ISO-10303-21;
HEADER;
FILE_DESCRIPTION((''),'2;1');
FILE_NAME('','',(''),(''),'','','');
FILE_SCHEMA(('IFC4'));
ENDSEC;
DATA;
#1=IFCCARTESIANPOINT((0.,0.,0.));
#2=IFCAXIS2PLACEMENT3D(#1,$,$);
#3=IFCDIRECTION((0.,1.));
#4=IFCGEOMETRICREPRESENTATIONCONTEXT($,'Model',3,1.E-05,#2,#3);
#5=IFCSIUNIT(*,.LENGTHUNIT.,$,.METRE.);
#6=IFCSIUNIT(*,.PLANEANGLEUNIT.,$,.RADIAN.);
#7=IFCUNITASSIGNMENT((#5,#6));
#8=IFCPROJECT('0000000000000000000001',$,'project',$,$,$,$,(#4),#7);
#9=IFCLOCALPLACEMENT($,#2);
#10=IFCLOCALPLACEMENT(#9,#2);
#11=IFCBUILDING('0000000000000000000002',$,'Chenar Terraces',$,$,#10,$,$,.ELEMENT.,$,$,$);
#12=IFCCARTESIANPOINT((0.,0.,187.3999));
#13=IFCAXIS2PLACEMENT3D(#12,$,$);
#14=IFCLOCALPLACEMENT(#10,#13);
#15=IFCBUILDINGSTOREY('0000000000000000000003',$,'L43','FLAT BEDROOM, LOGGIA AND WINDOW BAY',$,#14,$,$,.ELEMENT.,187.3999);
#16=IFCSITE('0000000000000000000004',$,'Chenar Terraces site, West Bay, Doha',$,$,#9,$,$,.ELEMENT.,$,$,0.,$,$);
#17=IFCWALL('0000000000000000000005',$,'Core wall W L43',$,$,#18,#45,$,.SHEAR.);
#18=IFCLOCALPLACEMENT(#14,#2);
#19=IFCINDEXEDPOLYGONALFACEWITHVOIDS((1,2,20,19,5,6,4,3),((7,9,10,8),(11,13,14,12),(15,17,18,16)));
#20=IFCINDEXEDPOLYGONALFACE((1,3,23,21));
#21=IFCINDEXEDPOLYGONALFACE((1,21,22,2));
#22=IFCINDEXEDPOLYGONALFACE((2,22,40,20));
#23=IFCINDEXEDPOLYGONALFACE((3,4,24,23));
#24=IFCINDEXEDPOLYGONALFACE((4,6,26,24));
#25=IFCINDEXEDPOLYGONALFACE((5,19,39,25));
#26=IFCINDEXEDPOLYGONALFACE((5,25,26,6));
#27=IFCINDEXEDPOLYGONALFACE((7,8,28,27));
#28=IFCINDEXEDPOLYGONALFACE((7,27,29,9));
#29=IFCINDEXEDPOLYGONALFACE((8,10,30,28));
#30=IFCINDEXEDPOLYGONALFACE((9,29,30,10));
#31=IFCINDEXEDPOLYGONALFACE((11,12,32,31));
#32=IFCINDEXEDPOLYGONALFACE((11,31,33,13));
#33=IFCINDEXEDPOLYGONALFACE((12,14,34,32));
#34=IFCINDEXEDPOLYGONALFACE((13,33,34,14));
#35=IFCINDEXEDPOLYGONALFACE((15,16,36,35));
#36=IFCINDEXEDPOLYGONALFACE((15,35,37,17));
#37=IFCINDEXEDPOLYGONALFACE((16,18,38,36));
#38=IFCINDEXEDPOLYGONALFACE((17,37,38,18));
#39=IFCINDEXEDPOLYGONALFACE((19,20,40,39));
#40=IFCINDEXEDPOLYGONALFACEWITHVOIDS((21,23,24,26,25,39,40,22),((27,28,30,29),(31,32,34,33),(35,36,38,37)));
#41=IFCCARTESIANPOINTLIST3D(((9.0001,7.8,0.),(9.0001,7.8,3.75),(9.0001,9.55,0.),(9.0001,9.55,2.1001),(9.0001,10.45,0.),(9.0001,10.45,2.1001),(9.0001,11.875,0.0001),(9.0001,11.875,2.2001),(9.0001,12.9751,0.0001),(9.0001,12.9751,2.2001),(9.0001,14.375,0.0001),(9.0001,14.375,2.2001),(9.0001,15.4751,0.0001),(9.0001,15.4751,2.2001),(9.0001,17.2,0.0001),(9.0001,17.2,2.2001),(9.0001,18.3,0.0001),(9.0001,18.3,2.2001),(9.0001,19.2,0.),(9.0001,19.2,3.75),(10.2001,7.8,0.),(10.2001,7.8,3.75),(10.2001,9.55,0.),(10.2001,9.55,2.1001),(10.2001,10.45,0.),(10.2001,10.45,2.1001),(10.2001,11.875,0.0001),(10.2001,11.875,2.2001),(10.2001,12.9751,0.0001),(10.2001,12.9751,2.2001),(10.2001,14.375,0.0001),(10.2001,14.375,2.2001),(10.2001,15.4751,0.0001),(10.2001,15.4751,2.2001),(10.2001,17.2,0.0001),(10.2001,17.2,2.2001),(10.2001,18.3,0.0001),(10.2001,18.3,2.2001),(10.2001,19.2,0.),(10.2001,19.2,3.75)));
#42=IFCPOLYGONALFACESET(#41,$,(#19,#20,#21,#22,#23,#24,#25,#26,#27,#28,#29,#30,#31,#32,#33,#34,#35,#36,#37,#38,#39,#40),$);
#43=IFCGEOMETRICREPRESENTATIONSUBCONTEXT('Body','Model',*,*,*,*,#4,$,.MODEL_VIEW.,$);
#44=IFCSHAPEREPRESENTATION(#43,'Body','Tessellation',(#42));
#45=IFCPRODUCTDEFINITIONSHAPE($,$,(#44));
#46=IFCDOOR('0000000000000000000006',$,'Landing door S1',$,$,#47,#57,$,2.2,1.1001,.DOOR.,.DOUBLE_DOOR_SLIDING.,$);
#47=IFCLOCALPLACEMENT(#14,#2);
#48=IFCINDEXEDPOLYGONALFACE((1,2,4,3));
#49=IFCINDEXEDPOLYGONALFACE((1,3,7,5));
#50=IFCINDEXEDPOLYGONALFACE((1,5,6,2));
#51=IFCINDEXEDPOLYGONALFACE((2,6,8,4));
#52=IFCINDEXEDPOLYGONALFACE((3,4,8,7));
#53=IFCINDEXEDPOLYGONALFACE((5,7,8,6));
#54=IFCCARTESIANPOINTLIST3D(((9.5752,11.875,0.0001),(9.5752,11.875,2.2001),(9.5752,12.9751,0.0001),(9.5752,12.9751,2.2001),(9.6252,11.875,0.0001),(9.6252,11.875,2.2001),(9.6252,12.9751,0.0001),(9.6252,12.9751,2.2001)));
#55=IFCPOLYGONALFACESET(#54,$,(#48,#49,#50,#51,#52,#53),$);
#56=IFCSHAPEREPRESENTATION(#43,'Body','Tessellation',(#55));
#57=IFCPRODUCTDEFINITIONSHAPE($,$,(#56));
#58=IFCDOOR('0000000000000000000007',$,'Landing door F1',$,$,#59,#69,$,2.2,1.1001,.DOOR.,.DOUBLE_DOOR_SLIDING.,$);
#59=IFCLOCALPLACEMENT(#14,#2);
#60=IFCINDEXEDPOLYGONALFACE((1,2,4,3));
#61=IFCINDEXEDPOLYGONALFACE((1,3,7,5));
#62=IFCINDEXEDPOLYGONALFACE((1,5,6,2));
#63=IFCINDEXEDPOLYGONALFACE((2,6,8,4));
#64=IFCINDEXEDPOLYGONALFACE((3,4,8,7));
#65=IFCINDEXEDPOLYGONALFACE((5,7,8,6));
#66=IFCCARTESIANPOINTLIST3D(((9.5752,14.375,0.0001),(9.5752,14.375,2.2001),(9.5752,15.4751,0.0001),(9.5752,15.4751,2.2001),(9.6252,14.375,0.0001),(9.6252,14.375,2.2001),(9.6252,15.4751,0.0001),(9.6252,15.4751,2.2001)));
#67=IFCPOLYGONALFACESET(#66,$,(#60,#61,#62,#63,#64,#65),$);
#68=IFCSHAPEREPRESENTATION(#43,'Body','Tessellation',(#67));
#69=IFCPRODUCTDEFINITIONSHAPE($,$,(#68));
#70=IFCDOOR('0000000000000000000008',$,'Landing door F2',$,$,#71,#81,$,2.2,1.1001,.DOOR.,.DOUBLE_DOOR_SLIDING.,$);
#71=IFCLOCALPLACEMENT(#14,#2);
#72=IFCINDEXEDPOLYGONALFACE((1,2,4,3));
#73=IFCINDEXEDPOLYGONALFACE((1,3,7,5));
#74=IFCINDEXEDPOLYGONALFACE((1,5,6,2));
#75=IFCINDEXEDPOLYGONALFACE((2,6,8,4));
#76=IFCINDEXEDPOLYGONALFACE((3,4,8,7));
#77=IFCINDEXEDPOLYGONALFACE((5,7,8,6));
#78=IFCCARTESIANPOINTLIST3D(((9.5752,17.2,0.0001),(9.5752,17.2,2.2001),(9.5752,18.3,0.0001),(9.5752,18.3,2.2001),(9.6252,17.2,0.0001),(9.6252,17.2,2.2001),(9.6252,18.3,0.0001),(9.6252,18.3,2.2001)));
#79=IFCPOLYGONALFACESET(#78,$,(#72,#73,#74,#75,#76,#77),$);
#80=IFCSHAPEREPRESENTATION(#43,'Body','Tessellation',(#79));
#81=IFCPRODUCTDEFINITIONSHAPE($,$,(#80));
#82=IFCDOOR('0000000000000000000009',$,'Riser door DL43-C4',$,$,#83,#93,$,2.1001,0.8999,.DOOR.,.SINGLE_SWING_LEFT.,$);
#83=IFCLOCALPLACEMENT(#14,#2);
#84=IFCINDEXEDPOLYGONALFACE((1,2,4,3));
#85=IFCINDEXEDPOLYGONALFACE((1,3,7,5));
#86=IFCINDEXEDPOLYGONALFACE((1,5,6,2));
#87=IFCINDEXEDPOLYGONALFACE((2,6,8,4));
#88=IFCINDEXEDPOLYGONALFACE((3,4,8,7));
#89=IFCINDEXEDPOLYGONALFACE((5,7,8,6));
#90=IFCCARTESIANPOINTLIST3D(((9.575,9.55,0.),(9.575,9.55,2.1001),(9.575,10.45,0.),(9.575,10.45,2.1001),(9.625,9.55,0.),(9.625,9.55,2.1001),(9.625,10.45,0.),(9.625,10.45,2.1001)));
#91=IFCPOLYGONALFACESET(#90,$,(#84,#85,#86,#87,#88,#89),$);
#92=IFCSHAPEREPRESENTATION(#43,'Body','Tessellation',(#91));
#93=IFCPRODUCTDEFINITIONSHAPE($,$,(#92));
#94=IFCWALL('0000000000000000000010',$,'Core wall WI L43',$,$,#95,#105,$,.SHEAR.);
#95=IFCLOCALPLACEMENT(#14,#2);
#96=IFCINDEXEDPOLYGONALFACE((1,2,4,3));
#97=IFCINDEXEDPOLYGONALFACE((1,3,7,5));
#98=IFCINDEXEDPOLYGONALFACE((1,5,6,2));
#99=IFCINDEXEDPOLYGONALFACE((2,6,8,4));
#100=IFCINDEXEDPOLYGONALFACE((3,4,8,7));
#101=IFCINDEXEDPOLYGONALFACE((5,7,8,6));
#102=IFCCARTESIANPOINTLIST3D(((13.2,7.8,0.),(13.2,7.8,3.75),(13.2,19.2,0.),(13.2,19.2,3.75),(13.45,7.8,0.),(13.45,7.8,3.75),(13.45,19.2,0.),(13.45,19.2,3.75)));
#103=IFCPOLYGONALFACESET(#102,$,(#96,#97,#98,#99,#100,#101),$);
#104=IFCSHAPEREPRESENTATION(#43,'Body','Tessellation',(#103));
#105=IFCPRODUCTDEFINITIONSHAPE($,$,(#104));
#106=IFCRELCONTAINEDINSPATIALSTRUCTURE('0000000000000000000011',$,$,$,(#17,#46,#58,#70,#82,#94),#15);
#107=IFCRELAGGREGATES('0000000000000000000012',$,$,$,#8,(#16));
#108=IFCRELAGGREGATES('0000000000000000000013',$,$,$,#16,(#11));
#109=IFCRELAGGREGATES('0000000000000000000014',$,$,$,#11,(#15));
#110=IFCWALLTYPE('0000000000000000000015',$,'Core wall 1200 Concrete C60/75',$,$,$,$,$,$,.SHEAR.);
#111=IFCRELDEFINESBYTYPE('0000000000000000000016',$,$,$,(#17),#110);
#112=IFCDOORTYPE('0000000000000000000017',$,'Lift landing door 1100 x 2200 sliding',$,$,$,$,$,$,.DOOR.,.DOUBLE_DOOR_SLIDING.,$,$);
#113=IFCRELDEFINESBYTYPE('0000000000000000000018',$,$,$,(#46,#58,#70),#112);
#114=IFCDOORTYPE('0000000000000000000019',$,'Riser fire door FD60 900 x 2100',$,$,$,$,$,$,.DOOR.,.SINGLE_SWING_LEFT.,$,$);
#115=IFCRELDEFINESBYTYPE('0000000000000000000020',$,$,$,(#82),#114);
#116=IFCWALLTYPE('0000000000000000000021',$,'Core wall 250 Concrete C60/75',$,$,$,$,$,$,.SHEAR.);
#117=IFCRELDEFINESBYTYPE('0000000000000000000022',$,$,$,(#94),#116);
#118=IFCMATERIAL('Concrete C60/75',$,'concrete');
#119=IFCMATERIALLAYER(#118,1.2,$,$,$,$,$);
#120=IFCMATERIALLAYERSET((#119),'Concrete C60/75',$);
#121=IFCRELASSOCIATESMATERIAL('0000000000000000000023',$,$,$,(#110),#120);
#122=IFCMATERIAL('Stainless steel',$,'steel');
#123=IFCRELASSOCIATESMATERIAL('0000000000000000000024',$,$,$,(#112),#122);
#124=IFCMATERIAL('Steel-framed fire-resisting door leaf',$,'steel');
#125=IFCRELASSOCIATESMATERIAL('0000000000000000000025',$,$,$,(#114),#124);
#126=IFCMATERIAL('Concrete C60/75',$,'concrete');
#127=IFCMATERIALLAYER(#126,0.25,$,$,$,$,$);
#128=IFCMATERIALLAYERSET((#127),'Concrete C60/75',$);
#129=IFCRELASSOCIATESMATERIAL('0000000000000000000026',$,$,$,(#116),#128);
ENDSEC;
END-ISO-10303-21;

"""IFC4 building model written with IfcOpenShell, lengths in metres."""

from ifc_helpers import new_model, si_unit, direction, frame, frame_2d, origin, place, context, subcontext, project, spatial, rectangle, extrude, material, layer, layer_set, type_object, element, fill, save


model = new_model("IFC4")

# Units and contexts
model_context = context("Model", 3, precision=1e-05, world=origin(), true_north=direction((0.0, 1.0)))
body_context = subcontext(model_context, "Body", "Model", "MODEL_VIEW")
ifc_project = project(units=[si_unit("LENGTHUNIT", "METRE"), si_unit("PLANEANGLEUNIT", "RADIAN")], contexts=[model_context])

# Site, building, storey
site_placement = place(None, origin())
site = spatial("IfcSite", under=ifc_project, at=site_placement, Name="Chenar Terraces site, West Bay, Doha", CompositionType="ELEMENT", RefElevation=0.0)
building_placement = place(site_placement, origin())
building = spatial("IfcBuilding", under=site, at=building_placement, Name="Chenar Terraces", CompositionType="ELEMENT")
storey_placement = place(building_placement, frame((0.0, 0.0, 187.3999)))
storey = spatial("IfcBuildingStorey", under=building, at=storey_placement, Name="L43", Description="FLAT BEDROOM, LOGGIA AND WINDOW BAY", CompositionType="ELEMENT", Elevation=187.3999)

# Wall, openings, doors
ifc_material_1 = material(Name="Concrete C60/75", Category="concrete")
ifc_layer_1 = layer(ifc_material_1, 1.2)
ifc_layer_set_1 = layer_set([ifc_layer_1], Name="Concrete C60/75")
wall_type_1 = type_object("IfcWallType", Name="Core wall 1200 Concrete C60/75", PredefinedType="SHEAR", material=ifc_layer_set_1)
wall_1_placement = place(storey_placement, frame((9.6001, 7.8, 0.0), z_axis=(0.0, 0.0, 1.0), x_axis=(0.0, 1.0, 0.0)))
wall_1 = element("IfcWall", 1, at=wall_1_placement, inside=storey, type_object=wall_type_1, Name="Core wall W L43", PredefinedType="SHEAR", context=body_context, shape_type="SweptSolid", body=[
    extrude(rectangle(XDim=11.3999, YDim=1.2, at=frame_2d((5.7, 0.0))), origin(), (0.0, 0.0, 1.0), 3.75),
])
opening_1_placement = place(wall_1_placement, frame((4.075, 0.0, 0.0)))
opening_1 = element("IfcOpeningElement", 2, at=opening_1_placement, cuts=wall_1, PredefinedType="OPENING", context=body_context, shape_type="SweptSolid", body=[
    extrude(rectangle(XDim=1.1001, YDim=2.2, at=frame_2d((0.55, 1.1001))), frame((0.0, 0.6099, 0.0), z_axis=(0.0, -1.0, 0.0), x_axis=(1.0, 0.0, 0.0)), (0.0, 0.0, 1.0), 1.22),
])
opening_2_placement = place(wall_1_placement, frame((6.575, 0.0, 0.0)))
opening_2 = element("IfcOpeningElement", 3, at=opening_2_placement, cuts=wall_1, PredefinedType="OPENING", context=body_context, shape_type="SweptSolid", body=[
    extrude(rectangle(XDim=1.1001, YDim=2.2, at=frame_2d((0.55, 1.1001))), frame((0.0, 0.6099, 0.0), z_axis=(0.0, -1.0, 0.0), x_axis=(1.0, 0.0, 0.0)), (0.0, 0.0, 1.0), 1.22),
])
opening_3_placement = place(wall_1_placement, frame((9.3999, 0.0, 0.0)))
opening_3 = element("IfcOpeningElement", 4, at=opening_3_placement, cuts=wall_1, PredefinedType="OPENING", context=body_context, shape_type="SweptSolid", body=[
    extrude(rectangle(XDim=1.1001, YDim=2.2, at=frame_2d((0.55, 1.1001))), frame((0.0, 0.6099, 0.0), z_axis=(0.0, -1.0, 0.0), x_axis=(1.0, 0.0, 0.0)), (0.0, 0.0, 1.0), 1.22),
])
opening_4_placement = place(wall_1_placement, frame((1.75, 0.0, 0.0)))
opening_4 = element("IfcOpeningElement", 5, at=opening_4_placement, cuts=wall_1, PredefinedType="OPENING", context=body_context, shape_type="SweptSolid", body=[
    extrude(rectangle(XDim=0.8999, YDim=2.1001, at=frame_2d((0.45, 1.05))), frame((0.0, 0.6099, 0.0), z_axis=(0.0, -1.0, 0.0), x_axis=(1.0, 0.0, 0.0)), (0.0, 0.0, 1.0), 1.22),
])
ifc_material_2 = material(Name="Stainless steel", Category="steel")
door_type_1 = type_object("IfcDoorType", Name="Lift landing door 1100 x 2200 sliding", OperationType="DOUBLE_DOOR_SLIDING", PredefinedType="DOOR", material=ifc_material_2)
door_1_placement = place(opening_1_placement, origin())
door_1 = element("IfcDoor", 6, at=door_1_placement, inside=storey, type_object=door_type_1, Name="Landing door S1", OperationType="DOUBLE_DOOR_SLIDING", OverallHeight=2.2, OverallWidth=1.1001, PredefinedType="DOOR", context=body_context, shape_type="SweptSolid", body=[
    extrude(rectangle(XDim=1.1001, YDim=2.2, at=frame_2d((0.55, 1.1001))), frame((0.0, 0.0249, 0.0), z_axis=(0.0, -1.0, 0.0), x_axis=(1.0, 0.0, 0.0)), (0.0, 0.0, 1.0), 0.05),
])
fill(opening_1, door_1)
door_2_placement = place(opening_2_placement, origin())
door_2 = element("IfcDoor", 7, at=door_2_placement, inside=storey, type_object=door_type_1, Name="Landing door F1", OperationType="DOUBLE_DOOR_SLIDING", OverallHeight=2.2, OverallWidth=1.1001, PredefinedType="DOOR", context=body_context, shape_type="SweptSolid", body=[
    extrude(rectangle(XDim=1.1001, YDim=2.2, at=frame_2d((0.55, 1.1001))), frame((0.0, 0.0249, 0.0), z_axis=(0.0, -1.0, 0.0), x_axis=(1.0, 0.0, 0.0)), (0.0, 0.0, 1.0), 0.05),
])
fill(opening_2, door_2)
door_3_placement = place(opening_3_placement, origin())
door_3 = element("IfcDoor", 8, at=door_3_placement, inside=storey, type_object=door_type_1, Name="Landing door F2", OperationType="DOUBLE_DOOR_SLIDING", OverallHeight=2.2, OverallWidth=1.1001, PredefinedType="DOOR", context=body_context, shape_type="SweptSolid", body=[
    extrude(rectangle(XDim=1.1001, YDim=2.2, at=frame_2d((0.55, 1.1001))), frame((0.0, 0.0249, 0.0), z_axis=(0.0, -1.0, 0.0), x_axis=(1.0, 0.0, 0.0)), (0.0, 0.0, 1.0), 0.05),
])
fill(opening_3, door_3)
ifc_material_3 = material(Name="Steel-framed fire-resisting door leaf", Category="steel")
door_type_2 = type_object("IfcDoorType", Name="Riser fire door FD60 900 x 2100", OperationType="SINGLE_SWING_LEFT", PredefinedType="DOOR", material=ifc_material_3)
door_4_placement = place(opening_4_placement, frame((0.8999, 0.0, 0.0), z_axis=(0.0, 0.0, 1.0), x_axis=(-1.0, 0.0, 0.0)))
door_4 = element("IfcDoor", 9, at=door_4_placement, inside=storey, type_object=door_type_2, Name="Riser door DL43-C4", OperationType="SINGLE_SWING_LEFT", OverallHeight=2.1001, OverallWidth=0.8999, PredefinedType="DOOR", context=body_context, shape_type="SweptSolid", body=[
    extrude(rectangle(XDim=0.8999, YDim=2.1001, at=frame_2d((0.45, 1.05))), frame((0.0, 0.0249, 0.0), z_axis=(0.0, -1.0, 0.0), x_axis=(1.0, 0.0, 0.0)), (0.0, 0.0, 1.0), 0.05),
])
fill(opening_4, door_4)

# Wall
ifc_material_4 = material(Name="Concrete C60/75", Category="concrete")
ifc_layer_2 = layer(ifc_material_4, 0.25)
ifc_layer_set_2 = layer_set([ifc_layer_2], Name="Concrete C60/75")
wall_type_2 = type_object("IfcWallType", Name="Core wall 250 Concrete C60/75", PredefinedType="SHEAR", material=ifc_layer_set_2)
wall_2_placement = place(storey_placement, frame((13.325, 7.8, 0.0), z_axis=(0.0, 0.0, 1.0), x_axis=(0.0, 1.0, 0.0)))
element("IfcWall", 10, at=wall_2_placement, inside=storey, type_object=wall_type_2, Name="Core wall WI L43", PredefinedType="SHEAR", context=body_context, shape_type="SweptSolid", body=[
    extrude(rectangle(XDim=11.3999, YDim=0.25, at=frame_2d((5.7, 0.0))), origin(), (0.0, 0.0, 1.0), 3.75),
])

save(model, "model.ifc")
